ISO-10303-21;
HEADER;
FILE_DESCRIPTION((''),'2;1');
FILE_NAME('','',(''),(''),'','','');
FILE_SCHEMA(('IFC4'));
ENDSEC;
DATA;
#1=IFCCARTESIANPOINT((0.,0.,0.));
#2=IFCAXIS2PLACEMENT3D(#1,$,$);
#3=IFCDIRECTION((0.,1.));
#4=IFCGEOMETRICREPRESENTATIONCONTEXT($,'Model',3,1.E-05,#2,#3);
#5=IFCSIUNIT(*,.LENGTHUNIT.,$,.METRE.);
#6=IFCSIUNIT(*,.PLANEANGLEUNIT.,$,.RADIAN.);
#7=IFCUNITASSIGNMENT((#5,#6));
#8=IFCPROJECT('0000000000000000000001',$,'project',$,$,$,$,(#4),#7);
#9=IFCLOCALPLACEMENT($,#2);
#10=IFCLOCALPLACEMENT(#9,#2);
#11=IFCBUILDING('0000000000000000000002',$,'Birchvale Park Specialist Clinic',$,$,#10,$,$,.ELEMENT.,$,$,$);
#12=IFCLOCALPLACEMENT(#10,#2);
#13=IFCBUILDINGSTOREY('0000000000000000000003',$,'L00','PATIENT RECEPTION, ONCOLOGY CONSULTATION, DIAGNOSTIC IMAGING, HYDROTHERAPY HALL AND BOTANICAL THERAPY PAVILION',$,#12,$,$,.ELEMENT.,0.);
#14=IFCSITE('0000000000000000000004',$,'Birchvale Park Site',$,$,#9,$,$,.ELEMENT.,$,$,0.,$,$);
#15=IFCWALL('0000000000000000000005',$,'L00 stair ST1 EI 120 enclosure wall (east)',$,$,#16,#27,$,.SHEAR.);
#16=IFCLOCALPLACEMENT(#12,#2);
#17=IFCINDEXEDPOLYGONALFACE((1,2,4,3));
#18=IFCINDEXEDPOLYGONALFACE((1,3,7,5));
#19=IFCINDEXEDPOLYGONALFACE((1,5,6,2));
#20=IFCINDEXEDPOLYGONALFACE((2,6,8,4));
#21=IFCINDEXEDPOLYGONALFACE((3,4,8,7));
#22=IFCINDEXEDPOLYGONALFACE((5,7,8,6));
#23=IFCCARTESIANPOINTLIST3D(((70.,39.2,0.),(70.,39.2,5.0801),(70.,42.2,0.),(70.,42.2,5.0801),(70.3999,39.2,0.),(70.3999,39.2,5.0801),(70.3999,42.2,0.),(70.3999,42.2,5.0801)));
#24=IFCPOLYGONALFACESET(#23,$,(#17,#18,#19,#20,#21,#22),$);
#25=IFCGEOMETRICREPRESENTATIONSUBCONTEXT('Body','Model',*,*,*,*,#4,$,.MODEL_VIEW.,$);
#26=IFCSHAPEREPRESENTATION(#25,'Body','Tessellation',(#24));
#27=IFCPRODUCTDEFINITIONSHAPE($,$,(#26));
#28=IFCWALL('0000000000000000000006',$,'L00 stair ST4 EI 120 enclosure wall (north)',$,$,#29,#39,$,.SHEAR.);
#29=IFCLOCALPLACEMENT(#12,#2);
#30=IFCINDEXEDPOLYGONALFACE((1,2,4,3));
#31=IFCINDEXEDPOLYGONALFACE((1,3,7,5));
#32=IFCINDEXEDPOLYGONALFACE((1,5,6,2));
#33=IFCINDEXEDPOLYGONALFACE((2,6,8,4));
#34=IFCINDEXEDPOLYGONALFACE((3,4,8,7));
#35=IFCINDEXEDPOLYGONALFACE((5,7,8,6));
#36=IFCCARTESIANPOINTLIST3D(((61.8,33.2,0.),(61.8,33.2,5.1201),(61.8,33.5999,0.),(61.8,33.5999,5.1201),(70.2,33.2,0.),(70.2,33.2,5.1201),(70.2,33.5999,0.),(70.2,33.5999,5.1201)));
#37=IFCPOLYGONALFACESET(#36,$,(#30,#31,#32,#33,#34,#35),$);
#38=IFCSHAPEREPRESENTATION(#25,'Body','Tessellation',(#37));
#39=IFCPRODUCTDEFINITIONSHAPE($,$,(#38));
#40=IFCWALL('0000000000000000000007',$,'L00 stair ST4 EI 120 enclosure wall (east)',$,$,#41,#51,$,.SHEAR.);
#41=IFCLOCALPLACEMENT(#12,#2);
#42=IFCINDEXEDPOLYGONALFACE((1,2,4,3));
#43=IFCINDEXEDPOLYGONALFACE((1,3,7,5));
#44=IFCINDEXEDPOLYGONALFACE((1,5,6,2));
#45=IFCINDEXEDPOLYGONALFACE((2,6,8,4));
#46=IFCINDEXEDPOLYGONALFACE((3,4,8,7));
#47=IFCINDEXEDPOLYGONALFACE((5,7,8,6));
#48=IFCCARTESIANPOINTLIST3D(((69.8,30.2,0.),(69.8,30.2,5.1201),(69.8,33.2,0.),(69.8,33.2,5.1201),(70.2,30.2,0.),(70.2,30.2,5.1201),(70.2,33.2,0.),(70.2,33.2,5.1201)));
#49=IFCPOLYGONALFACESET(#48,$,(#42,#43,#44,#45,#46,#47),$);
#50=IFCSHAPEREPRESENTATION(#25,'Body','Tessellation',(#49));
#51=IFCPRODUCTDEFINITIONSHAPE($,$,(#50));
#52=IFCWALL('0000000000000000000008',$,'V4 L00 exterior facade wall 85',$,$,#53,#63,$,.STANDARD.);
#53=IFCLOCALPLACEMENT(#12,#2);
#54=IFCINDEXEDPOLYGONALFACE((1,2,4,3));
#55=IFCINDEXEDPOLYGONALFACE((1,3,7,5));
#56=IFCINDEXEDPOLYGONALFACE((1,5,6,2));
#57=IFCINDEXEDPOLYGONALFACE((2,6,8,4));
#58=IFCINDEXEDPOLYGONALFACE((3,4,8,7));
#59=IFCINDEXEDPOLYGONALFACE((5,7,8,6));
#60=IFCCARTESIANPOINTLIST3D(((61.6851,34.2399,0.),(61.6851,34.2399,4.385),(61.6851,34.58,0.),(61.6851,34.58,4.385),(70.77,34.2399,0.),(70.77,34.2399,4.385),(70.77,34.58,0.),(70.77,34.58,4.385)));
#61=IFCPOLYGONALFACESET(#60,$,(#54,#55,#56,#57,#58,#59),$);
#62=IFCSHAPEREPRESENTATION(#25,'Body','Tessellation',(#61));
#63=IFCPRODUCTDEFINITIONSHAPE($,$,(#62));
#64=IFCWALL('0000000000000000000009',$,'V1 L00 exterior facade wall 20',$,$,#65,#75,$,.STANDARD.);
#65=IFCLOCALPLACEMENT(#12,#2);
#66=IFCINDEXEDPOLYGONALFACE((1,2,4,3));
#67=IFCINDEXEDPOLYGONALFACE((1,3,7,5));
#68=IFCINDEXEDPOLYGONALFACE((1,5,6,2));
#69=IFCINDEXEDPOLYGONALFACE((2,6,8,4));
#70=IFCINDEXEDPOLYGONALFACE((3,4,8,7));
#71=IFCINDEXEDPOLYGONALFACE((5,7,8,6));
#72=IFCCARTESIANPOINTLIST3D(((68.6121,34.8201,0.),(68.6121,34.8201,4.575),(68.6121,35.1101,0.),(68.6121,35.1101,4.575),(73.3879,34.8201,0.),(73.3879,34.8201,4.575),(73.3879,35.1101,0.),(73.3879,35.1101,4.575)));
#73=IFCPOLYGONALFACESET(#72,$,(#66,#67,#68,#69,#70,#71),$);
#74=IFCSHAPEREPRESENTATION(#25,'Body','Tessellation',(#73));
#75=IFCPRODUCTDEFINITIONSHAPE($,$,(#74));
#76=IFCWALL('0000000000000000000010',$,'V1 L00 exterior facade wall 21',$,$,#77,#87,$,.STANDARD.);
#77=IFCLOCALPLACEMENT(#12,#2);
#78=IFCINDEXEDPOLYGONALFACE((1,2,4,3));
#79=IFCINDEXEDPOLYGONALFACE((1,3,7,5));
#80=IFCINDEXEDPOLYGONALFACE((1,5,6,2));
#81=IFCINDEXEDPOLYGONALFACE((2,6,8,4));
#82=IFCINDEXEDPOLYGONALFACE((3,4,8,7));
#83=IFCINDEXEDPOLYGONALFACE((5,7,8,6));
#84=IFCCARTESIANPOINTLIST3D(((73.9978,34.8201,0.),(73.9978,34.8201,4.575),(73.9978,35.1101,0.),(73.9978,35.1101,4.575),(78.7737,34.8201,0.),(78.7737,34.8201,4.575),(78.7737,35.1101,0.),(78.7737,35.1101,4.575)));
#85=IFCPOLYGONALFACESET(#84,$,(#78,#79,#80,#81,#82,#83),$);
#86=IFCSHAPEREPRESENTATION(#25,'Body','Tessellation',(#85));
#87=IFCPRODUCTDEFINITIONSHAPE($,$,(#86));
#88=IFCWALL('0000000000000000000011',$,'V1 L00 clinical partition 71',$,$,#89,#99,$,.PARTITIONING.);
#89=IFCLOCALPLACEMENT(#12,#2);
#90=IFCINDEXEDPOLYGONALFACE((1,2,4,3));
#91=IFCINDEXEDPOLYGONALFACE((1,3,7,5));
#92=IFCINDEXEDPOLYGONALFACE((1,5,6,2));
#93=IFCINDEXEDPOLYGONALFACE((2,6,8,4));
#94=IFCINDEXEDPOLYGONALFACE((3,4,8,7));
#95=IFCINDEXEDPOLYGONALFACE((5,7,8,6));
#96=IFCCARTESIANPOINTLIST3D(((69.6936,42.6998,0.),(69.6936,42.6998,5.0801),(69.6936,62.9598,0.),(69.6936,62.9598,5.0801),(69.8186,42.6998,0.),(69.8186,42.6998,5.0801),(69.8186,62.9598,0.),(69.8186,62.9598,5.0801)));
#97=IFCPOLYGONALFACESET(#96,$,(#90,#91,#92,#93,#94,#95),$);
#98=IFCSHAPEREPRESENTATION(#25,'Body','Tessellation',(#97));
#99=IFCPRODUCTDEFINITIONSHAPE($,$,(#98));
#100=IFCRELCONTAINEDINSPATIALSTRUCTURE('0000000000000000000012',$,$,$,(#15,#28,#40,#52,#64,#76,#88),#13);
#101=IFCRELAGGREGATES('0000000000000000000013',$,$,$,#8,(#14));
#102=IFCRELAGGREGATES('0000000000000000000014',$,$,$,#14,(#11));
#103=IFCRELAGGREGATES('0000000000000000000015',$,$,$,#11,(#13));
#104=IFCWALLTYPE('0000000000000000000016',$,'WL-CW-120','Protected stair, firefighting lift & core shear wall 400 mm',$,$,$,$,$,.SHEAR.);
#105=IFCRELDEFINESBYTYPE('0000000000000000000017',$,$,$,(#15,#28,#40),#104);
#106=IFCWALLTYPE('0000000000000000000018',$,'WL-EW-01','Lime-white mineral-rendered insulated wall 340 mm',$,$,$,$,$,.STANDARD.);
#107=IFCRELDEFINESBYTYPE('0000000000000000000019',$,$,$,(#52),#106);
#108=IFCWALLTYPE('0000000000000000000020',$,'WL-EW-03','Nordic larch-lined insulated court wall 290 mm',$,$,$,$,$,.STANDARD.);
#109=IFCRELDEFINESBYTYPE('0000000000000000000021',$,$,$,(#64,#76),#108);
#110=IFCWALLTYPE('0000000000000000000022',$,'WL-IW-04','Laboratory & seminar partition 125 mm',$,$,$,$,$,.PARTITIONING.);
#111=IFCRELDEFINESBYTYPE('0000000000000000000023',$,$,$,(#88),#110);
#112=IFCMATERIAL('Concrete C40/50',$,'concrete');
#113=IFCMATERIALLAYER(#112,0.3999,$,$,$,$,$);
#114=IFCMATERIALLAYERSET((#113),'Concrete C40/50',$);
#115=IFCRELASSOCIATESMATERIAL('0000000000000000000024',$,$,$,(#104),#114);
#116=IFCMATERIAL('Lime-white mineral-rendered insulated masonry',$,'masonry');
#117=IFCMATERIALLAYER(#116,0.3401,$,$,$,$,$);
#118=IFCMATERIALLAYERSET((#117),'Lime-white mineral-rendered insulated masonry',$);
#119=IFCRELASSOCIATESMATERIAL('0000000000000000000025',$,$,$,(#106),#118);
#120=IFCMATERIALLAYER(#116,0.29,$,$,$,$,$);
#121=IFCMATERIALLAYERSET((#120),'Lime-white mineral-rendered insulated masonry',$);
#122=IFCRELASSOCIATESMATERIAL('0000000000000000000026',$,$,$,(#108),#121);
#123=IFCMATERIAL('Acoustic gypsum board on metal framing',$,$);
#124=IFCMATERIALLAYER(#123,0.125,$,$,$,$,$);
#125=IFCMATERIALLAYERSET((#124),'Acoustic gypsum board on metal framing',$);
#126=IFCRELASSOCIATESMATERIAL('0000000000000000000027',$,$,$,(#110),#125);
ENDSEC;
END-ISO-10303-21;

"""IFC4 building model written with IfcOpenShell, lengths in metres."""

from ifc_helpers import new_model, si_unit, direction, frame, frame_2d, origin, place, context, subcontext, project, spatial, rectangle, extrude, material, layer, layer_set, type_object, element, save


model = new_model("IFC4")

# Units and contexts
model_context = context("Model", 3, precision=1e-05, world=origin(), true_north=direction((0.0, 1.0)))
body_context = subcontext(model_context, "Body", "Model", "MODEL_VIEW")
ifc_project = project(units=[si_unit("LENGTHUNIT", "METRE"), si_unit("PLANEANGLEUNIT", "RADIAN")], contexts=[model_context])

# Site, building, storey
site_placement = place(None, origin())
site = spatial("IfcSite", under=ifc_project, at=site_placement, Name="Birchvale Park Site", CompositionType="ELEMENT", RefElevation=0.0)
building_placement = place(site_placement, origin())
building = spatial("IfcBuilding", under=site, at=building_placement, Name="Birchvale Park Specialist Clinic", CompositionType="ELEMENT")
storey_placement = place(building_placement, origin())
storey = spatial("IfcBuildingStorey", under=building, at=storey_placement, Name="L00", Description="PATIENT RECEPTION, ONCOLOGY CONSULTATION, DIAGNOSTIC IMAGING, HYDROTHERAPY HALL AND BOTANICAL THERAPY PAVILION", CompositionType="ELEMENT", Elevation=0.0)

# Shared definitions
ifc_material_1 = material(Name="Concrete C40/50", Category="concrete")

# Walls
ifc_layer_1 = layer(ifc_material_1, 0.3999)
ifc_layer_set_1 = layer_set([ifc_layer_1], Name="Concrete C40/50")
wall_type_1 = type_object("IfcWallType", Name="WL-CW-120", Description="Protected stair, firefighting lift & core shear wall 400 mm", PredefinedType="SHEAR", material=ifc_layer_set_1)
wall_1_placement = place(storey_placement, frame((70.2, 42.2, 0.0), z_axis=(0.0, 0.0, 1.0), x_axis=(0.0, -1.0, 0.0)))
element("IfcWall", 1, at=wall_1_placement, inside=storey, type_object=wall_type_1, Name="L00 stair ST1 EI 120 enclosure wall (east)", PredefinedType="SHEAR", context=body_context, shape_type="SweptSolid", body=[
    extrude(rectangle(XDim=3.0, YDim=0.3999, at=frame_2d((1.5, 0.0))), origin(), (0.0, 0.0, 1.0), 5.0801),
])
wall_2_placement = place(storey_placement, frame((70.2, 33.3999, 0.0), z_axis=(0.0, 0.0, 1.0), x_axis=(-1.0, 0.0, 0.0)))
element("IfcWall", 2, at=wall_2_placement, inside=storey, type_object=wall_type_1, Name="L00 stair ST4 EI 120 enclosure wall (north)", PredefinedType="SHEAR", context=body_context, shape_type="SweptSolid", body=[
    extrude(rectangle(XDim=8.3999, YDim=0.3999, at=frame_2d((4.2, 0.0))), origin(), (0.0, 0.0, 1.0), 5.1201),
])
wall_3_placement = place(storey_placement, frame((70.0, 33.2, 0.0), z_axis=(0.0, 0.0, 1.0), x_axis=(0.0, -1.0, 0.0)))
element("IfcWall", 3, at=wall_3_placement, inside=storey, type_object=wall_type_1, Name="L00 stair ST4 EI 120 enclosure wall (east)", PredefinedType="SHEAR", context=body_context, shape_type="SweptSolid", body=[
    extrude(rectangle(XDim=3.0, YDim=0.3999, at=frame_2d((1.5, 0.0))), origin(), (0.0, 0.0, 1.0), 5.1201),
])
ifc_material_2 = material(Name="Lime-white mineral-rendered insulated masonry", Category="masonry")
ifc_layer_2 = layer(ifc_material_2, 0.3401)
ifc_layer_set_2 = layer_set([ifc_layer_2], Name="Lime-white mineral-rendered insulated masonry")
wall_type_2 = type_object("IfcWallType", Name="WL-EW-01", Description="Lime-white mineral-rendered insulated wall 340 mm", PredefinedType="STANDARD", material=ifc_layer_set_2)
wall_4_placement = place(storey_placement, frame((70.77, 34.4099, 0.0), z_axis=(0.0, 0.0, 1.0), x_axis=(-1.0, 0.0, 0.0)))
element("IfcWall", 4, at=wall_4_placement, inside=storey, type_object=wall_type_2, Name="V4 L00 exterior facade wall 85", PredefinedType="STANDARD", context=body_context, shape_type="SweptSolid", body=[
    extrude(rectangle(XDim=9.085, YDim=0.3401, at=frame_2d((4.5425, 0.0))), origin(), (0.0, 0.0, 1.0), 4.385),
])
ifc_layer_3 = layer(ifc_material_2, 0.29)
ifc_layer_set_3 = layer_set([ifc_layer_3], Name="Lime-white mineral-rendered insulated masonry")
wall_type_3 = type_object("IfcWallType", Name="WL-EW-03", Description="Nordic larch-lined insulated court wall 290 mm", PredefinedType="STANDARD", material=ifc_layer_set_3)
for number, where, z_axis, x_axis, name in (
    (5, (68.6121, 34.9651, 0.0), (0.0, 0.0, 1.0), (1.0, 0.0, 0.0), "V1 L00 exterior facade wall 20"),
    (6, (73.9978, 34.9651, 0.0), (0.0, 0.0, 1.0), (1.0, 0.0, 0.0), "V1 L00 exterior facade wall 21"),
):
    element("IfcWall", number, at=place(storey_placement, frame(where, z_axis=z_axis, x_axis=x_axis)), inside=storey, type_object=wall_type_3, Name=name, PredefinedType="STANDARD", context=body_context, shape_type="SweptSolid", body=[
        extrude(rectangle(XDim=4.7759, YDim=0.29, at=frame_2d((2.3879, 0.0))), origin(), (0.0, 0.0, 1.0), 4.575),
    ])
ifc_material_3 = material(Name="Acoustic gypsum board on metal framing")
ifc_layer_4 = layer(ifc_material_3, 0.125)
ifc_layer_set_4 = layer_set([ifc_layer_4], Name="Acoustic gypsum board on metal framing")
wall_type_4 = type_object("IfcWallType", Name="WL-IW-04", Description="Laboratory & seminar partition 125 mm", PredefinedType="PARTITIONING", material=ifc_layer_set_4)
wall_5_placement = place(storey_placement, frame((69.7561, 42.7, 0.0), z_axis=(0.0, 0.0, 1.0), x_axis=(0.0, 1.0, 0.0)))
element("IfcWall", 7, at=wall_5_placement, inside=storey, type_object=wall_type_4, Name="V1 L00 clinical partition 71", PredefinedType="PARTITIONING", context=body_context, shape_type="SweptSolid", body=[
    extrude(rectangle(XDim=20.26, YDim=0.125, at=frame_2d((10.1299, 0.0))), origin(), (0.0, 0.0, 1.0), 5.0801),
])

save(model, "model.ifc")
